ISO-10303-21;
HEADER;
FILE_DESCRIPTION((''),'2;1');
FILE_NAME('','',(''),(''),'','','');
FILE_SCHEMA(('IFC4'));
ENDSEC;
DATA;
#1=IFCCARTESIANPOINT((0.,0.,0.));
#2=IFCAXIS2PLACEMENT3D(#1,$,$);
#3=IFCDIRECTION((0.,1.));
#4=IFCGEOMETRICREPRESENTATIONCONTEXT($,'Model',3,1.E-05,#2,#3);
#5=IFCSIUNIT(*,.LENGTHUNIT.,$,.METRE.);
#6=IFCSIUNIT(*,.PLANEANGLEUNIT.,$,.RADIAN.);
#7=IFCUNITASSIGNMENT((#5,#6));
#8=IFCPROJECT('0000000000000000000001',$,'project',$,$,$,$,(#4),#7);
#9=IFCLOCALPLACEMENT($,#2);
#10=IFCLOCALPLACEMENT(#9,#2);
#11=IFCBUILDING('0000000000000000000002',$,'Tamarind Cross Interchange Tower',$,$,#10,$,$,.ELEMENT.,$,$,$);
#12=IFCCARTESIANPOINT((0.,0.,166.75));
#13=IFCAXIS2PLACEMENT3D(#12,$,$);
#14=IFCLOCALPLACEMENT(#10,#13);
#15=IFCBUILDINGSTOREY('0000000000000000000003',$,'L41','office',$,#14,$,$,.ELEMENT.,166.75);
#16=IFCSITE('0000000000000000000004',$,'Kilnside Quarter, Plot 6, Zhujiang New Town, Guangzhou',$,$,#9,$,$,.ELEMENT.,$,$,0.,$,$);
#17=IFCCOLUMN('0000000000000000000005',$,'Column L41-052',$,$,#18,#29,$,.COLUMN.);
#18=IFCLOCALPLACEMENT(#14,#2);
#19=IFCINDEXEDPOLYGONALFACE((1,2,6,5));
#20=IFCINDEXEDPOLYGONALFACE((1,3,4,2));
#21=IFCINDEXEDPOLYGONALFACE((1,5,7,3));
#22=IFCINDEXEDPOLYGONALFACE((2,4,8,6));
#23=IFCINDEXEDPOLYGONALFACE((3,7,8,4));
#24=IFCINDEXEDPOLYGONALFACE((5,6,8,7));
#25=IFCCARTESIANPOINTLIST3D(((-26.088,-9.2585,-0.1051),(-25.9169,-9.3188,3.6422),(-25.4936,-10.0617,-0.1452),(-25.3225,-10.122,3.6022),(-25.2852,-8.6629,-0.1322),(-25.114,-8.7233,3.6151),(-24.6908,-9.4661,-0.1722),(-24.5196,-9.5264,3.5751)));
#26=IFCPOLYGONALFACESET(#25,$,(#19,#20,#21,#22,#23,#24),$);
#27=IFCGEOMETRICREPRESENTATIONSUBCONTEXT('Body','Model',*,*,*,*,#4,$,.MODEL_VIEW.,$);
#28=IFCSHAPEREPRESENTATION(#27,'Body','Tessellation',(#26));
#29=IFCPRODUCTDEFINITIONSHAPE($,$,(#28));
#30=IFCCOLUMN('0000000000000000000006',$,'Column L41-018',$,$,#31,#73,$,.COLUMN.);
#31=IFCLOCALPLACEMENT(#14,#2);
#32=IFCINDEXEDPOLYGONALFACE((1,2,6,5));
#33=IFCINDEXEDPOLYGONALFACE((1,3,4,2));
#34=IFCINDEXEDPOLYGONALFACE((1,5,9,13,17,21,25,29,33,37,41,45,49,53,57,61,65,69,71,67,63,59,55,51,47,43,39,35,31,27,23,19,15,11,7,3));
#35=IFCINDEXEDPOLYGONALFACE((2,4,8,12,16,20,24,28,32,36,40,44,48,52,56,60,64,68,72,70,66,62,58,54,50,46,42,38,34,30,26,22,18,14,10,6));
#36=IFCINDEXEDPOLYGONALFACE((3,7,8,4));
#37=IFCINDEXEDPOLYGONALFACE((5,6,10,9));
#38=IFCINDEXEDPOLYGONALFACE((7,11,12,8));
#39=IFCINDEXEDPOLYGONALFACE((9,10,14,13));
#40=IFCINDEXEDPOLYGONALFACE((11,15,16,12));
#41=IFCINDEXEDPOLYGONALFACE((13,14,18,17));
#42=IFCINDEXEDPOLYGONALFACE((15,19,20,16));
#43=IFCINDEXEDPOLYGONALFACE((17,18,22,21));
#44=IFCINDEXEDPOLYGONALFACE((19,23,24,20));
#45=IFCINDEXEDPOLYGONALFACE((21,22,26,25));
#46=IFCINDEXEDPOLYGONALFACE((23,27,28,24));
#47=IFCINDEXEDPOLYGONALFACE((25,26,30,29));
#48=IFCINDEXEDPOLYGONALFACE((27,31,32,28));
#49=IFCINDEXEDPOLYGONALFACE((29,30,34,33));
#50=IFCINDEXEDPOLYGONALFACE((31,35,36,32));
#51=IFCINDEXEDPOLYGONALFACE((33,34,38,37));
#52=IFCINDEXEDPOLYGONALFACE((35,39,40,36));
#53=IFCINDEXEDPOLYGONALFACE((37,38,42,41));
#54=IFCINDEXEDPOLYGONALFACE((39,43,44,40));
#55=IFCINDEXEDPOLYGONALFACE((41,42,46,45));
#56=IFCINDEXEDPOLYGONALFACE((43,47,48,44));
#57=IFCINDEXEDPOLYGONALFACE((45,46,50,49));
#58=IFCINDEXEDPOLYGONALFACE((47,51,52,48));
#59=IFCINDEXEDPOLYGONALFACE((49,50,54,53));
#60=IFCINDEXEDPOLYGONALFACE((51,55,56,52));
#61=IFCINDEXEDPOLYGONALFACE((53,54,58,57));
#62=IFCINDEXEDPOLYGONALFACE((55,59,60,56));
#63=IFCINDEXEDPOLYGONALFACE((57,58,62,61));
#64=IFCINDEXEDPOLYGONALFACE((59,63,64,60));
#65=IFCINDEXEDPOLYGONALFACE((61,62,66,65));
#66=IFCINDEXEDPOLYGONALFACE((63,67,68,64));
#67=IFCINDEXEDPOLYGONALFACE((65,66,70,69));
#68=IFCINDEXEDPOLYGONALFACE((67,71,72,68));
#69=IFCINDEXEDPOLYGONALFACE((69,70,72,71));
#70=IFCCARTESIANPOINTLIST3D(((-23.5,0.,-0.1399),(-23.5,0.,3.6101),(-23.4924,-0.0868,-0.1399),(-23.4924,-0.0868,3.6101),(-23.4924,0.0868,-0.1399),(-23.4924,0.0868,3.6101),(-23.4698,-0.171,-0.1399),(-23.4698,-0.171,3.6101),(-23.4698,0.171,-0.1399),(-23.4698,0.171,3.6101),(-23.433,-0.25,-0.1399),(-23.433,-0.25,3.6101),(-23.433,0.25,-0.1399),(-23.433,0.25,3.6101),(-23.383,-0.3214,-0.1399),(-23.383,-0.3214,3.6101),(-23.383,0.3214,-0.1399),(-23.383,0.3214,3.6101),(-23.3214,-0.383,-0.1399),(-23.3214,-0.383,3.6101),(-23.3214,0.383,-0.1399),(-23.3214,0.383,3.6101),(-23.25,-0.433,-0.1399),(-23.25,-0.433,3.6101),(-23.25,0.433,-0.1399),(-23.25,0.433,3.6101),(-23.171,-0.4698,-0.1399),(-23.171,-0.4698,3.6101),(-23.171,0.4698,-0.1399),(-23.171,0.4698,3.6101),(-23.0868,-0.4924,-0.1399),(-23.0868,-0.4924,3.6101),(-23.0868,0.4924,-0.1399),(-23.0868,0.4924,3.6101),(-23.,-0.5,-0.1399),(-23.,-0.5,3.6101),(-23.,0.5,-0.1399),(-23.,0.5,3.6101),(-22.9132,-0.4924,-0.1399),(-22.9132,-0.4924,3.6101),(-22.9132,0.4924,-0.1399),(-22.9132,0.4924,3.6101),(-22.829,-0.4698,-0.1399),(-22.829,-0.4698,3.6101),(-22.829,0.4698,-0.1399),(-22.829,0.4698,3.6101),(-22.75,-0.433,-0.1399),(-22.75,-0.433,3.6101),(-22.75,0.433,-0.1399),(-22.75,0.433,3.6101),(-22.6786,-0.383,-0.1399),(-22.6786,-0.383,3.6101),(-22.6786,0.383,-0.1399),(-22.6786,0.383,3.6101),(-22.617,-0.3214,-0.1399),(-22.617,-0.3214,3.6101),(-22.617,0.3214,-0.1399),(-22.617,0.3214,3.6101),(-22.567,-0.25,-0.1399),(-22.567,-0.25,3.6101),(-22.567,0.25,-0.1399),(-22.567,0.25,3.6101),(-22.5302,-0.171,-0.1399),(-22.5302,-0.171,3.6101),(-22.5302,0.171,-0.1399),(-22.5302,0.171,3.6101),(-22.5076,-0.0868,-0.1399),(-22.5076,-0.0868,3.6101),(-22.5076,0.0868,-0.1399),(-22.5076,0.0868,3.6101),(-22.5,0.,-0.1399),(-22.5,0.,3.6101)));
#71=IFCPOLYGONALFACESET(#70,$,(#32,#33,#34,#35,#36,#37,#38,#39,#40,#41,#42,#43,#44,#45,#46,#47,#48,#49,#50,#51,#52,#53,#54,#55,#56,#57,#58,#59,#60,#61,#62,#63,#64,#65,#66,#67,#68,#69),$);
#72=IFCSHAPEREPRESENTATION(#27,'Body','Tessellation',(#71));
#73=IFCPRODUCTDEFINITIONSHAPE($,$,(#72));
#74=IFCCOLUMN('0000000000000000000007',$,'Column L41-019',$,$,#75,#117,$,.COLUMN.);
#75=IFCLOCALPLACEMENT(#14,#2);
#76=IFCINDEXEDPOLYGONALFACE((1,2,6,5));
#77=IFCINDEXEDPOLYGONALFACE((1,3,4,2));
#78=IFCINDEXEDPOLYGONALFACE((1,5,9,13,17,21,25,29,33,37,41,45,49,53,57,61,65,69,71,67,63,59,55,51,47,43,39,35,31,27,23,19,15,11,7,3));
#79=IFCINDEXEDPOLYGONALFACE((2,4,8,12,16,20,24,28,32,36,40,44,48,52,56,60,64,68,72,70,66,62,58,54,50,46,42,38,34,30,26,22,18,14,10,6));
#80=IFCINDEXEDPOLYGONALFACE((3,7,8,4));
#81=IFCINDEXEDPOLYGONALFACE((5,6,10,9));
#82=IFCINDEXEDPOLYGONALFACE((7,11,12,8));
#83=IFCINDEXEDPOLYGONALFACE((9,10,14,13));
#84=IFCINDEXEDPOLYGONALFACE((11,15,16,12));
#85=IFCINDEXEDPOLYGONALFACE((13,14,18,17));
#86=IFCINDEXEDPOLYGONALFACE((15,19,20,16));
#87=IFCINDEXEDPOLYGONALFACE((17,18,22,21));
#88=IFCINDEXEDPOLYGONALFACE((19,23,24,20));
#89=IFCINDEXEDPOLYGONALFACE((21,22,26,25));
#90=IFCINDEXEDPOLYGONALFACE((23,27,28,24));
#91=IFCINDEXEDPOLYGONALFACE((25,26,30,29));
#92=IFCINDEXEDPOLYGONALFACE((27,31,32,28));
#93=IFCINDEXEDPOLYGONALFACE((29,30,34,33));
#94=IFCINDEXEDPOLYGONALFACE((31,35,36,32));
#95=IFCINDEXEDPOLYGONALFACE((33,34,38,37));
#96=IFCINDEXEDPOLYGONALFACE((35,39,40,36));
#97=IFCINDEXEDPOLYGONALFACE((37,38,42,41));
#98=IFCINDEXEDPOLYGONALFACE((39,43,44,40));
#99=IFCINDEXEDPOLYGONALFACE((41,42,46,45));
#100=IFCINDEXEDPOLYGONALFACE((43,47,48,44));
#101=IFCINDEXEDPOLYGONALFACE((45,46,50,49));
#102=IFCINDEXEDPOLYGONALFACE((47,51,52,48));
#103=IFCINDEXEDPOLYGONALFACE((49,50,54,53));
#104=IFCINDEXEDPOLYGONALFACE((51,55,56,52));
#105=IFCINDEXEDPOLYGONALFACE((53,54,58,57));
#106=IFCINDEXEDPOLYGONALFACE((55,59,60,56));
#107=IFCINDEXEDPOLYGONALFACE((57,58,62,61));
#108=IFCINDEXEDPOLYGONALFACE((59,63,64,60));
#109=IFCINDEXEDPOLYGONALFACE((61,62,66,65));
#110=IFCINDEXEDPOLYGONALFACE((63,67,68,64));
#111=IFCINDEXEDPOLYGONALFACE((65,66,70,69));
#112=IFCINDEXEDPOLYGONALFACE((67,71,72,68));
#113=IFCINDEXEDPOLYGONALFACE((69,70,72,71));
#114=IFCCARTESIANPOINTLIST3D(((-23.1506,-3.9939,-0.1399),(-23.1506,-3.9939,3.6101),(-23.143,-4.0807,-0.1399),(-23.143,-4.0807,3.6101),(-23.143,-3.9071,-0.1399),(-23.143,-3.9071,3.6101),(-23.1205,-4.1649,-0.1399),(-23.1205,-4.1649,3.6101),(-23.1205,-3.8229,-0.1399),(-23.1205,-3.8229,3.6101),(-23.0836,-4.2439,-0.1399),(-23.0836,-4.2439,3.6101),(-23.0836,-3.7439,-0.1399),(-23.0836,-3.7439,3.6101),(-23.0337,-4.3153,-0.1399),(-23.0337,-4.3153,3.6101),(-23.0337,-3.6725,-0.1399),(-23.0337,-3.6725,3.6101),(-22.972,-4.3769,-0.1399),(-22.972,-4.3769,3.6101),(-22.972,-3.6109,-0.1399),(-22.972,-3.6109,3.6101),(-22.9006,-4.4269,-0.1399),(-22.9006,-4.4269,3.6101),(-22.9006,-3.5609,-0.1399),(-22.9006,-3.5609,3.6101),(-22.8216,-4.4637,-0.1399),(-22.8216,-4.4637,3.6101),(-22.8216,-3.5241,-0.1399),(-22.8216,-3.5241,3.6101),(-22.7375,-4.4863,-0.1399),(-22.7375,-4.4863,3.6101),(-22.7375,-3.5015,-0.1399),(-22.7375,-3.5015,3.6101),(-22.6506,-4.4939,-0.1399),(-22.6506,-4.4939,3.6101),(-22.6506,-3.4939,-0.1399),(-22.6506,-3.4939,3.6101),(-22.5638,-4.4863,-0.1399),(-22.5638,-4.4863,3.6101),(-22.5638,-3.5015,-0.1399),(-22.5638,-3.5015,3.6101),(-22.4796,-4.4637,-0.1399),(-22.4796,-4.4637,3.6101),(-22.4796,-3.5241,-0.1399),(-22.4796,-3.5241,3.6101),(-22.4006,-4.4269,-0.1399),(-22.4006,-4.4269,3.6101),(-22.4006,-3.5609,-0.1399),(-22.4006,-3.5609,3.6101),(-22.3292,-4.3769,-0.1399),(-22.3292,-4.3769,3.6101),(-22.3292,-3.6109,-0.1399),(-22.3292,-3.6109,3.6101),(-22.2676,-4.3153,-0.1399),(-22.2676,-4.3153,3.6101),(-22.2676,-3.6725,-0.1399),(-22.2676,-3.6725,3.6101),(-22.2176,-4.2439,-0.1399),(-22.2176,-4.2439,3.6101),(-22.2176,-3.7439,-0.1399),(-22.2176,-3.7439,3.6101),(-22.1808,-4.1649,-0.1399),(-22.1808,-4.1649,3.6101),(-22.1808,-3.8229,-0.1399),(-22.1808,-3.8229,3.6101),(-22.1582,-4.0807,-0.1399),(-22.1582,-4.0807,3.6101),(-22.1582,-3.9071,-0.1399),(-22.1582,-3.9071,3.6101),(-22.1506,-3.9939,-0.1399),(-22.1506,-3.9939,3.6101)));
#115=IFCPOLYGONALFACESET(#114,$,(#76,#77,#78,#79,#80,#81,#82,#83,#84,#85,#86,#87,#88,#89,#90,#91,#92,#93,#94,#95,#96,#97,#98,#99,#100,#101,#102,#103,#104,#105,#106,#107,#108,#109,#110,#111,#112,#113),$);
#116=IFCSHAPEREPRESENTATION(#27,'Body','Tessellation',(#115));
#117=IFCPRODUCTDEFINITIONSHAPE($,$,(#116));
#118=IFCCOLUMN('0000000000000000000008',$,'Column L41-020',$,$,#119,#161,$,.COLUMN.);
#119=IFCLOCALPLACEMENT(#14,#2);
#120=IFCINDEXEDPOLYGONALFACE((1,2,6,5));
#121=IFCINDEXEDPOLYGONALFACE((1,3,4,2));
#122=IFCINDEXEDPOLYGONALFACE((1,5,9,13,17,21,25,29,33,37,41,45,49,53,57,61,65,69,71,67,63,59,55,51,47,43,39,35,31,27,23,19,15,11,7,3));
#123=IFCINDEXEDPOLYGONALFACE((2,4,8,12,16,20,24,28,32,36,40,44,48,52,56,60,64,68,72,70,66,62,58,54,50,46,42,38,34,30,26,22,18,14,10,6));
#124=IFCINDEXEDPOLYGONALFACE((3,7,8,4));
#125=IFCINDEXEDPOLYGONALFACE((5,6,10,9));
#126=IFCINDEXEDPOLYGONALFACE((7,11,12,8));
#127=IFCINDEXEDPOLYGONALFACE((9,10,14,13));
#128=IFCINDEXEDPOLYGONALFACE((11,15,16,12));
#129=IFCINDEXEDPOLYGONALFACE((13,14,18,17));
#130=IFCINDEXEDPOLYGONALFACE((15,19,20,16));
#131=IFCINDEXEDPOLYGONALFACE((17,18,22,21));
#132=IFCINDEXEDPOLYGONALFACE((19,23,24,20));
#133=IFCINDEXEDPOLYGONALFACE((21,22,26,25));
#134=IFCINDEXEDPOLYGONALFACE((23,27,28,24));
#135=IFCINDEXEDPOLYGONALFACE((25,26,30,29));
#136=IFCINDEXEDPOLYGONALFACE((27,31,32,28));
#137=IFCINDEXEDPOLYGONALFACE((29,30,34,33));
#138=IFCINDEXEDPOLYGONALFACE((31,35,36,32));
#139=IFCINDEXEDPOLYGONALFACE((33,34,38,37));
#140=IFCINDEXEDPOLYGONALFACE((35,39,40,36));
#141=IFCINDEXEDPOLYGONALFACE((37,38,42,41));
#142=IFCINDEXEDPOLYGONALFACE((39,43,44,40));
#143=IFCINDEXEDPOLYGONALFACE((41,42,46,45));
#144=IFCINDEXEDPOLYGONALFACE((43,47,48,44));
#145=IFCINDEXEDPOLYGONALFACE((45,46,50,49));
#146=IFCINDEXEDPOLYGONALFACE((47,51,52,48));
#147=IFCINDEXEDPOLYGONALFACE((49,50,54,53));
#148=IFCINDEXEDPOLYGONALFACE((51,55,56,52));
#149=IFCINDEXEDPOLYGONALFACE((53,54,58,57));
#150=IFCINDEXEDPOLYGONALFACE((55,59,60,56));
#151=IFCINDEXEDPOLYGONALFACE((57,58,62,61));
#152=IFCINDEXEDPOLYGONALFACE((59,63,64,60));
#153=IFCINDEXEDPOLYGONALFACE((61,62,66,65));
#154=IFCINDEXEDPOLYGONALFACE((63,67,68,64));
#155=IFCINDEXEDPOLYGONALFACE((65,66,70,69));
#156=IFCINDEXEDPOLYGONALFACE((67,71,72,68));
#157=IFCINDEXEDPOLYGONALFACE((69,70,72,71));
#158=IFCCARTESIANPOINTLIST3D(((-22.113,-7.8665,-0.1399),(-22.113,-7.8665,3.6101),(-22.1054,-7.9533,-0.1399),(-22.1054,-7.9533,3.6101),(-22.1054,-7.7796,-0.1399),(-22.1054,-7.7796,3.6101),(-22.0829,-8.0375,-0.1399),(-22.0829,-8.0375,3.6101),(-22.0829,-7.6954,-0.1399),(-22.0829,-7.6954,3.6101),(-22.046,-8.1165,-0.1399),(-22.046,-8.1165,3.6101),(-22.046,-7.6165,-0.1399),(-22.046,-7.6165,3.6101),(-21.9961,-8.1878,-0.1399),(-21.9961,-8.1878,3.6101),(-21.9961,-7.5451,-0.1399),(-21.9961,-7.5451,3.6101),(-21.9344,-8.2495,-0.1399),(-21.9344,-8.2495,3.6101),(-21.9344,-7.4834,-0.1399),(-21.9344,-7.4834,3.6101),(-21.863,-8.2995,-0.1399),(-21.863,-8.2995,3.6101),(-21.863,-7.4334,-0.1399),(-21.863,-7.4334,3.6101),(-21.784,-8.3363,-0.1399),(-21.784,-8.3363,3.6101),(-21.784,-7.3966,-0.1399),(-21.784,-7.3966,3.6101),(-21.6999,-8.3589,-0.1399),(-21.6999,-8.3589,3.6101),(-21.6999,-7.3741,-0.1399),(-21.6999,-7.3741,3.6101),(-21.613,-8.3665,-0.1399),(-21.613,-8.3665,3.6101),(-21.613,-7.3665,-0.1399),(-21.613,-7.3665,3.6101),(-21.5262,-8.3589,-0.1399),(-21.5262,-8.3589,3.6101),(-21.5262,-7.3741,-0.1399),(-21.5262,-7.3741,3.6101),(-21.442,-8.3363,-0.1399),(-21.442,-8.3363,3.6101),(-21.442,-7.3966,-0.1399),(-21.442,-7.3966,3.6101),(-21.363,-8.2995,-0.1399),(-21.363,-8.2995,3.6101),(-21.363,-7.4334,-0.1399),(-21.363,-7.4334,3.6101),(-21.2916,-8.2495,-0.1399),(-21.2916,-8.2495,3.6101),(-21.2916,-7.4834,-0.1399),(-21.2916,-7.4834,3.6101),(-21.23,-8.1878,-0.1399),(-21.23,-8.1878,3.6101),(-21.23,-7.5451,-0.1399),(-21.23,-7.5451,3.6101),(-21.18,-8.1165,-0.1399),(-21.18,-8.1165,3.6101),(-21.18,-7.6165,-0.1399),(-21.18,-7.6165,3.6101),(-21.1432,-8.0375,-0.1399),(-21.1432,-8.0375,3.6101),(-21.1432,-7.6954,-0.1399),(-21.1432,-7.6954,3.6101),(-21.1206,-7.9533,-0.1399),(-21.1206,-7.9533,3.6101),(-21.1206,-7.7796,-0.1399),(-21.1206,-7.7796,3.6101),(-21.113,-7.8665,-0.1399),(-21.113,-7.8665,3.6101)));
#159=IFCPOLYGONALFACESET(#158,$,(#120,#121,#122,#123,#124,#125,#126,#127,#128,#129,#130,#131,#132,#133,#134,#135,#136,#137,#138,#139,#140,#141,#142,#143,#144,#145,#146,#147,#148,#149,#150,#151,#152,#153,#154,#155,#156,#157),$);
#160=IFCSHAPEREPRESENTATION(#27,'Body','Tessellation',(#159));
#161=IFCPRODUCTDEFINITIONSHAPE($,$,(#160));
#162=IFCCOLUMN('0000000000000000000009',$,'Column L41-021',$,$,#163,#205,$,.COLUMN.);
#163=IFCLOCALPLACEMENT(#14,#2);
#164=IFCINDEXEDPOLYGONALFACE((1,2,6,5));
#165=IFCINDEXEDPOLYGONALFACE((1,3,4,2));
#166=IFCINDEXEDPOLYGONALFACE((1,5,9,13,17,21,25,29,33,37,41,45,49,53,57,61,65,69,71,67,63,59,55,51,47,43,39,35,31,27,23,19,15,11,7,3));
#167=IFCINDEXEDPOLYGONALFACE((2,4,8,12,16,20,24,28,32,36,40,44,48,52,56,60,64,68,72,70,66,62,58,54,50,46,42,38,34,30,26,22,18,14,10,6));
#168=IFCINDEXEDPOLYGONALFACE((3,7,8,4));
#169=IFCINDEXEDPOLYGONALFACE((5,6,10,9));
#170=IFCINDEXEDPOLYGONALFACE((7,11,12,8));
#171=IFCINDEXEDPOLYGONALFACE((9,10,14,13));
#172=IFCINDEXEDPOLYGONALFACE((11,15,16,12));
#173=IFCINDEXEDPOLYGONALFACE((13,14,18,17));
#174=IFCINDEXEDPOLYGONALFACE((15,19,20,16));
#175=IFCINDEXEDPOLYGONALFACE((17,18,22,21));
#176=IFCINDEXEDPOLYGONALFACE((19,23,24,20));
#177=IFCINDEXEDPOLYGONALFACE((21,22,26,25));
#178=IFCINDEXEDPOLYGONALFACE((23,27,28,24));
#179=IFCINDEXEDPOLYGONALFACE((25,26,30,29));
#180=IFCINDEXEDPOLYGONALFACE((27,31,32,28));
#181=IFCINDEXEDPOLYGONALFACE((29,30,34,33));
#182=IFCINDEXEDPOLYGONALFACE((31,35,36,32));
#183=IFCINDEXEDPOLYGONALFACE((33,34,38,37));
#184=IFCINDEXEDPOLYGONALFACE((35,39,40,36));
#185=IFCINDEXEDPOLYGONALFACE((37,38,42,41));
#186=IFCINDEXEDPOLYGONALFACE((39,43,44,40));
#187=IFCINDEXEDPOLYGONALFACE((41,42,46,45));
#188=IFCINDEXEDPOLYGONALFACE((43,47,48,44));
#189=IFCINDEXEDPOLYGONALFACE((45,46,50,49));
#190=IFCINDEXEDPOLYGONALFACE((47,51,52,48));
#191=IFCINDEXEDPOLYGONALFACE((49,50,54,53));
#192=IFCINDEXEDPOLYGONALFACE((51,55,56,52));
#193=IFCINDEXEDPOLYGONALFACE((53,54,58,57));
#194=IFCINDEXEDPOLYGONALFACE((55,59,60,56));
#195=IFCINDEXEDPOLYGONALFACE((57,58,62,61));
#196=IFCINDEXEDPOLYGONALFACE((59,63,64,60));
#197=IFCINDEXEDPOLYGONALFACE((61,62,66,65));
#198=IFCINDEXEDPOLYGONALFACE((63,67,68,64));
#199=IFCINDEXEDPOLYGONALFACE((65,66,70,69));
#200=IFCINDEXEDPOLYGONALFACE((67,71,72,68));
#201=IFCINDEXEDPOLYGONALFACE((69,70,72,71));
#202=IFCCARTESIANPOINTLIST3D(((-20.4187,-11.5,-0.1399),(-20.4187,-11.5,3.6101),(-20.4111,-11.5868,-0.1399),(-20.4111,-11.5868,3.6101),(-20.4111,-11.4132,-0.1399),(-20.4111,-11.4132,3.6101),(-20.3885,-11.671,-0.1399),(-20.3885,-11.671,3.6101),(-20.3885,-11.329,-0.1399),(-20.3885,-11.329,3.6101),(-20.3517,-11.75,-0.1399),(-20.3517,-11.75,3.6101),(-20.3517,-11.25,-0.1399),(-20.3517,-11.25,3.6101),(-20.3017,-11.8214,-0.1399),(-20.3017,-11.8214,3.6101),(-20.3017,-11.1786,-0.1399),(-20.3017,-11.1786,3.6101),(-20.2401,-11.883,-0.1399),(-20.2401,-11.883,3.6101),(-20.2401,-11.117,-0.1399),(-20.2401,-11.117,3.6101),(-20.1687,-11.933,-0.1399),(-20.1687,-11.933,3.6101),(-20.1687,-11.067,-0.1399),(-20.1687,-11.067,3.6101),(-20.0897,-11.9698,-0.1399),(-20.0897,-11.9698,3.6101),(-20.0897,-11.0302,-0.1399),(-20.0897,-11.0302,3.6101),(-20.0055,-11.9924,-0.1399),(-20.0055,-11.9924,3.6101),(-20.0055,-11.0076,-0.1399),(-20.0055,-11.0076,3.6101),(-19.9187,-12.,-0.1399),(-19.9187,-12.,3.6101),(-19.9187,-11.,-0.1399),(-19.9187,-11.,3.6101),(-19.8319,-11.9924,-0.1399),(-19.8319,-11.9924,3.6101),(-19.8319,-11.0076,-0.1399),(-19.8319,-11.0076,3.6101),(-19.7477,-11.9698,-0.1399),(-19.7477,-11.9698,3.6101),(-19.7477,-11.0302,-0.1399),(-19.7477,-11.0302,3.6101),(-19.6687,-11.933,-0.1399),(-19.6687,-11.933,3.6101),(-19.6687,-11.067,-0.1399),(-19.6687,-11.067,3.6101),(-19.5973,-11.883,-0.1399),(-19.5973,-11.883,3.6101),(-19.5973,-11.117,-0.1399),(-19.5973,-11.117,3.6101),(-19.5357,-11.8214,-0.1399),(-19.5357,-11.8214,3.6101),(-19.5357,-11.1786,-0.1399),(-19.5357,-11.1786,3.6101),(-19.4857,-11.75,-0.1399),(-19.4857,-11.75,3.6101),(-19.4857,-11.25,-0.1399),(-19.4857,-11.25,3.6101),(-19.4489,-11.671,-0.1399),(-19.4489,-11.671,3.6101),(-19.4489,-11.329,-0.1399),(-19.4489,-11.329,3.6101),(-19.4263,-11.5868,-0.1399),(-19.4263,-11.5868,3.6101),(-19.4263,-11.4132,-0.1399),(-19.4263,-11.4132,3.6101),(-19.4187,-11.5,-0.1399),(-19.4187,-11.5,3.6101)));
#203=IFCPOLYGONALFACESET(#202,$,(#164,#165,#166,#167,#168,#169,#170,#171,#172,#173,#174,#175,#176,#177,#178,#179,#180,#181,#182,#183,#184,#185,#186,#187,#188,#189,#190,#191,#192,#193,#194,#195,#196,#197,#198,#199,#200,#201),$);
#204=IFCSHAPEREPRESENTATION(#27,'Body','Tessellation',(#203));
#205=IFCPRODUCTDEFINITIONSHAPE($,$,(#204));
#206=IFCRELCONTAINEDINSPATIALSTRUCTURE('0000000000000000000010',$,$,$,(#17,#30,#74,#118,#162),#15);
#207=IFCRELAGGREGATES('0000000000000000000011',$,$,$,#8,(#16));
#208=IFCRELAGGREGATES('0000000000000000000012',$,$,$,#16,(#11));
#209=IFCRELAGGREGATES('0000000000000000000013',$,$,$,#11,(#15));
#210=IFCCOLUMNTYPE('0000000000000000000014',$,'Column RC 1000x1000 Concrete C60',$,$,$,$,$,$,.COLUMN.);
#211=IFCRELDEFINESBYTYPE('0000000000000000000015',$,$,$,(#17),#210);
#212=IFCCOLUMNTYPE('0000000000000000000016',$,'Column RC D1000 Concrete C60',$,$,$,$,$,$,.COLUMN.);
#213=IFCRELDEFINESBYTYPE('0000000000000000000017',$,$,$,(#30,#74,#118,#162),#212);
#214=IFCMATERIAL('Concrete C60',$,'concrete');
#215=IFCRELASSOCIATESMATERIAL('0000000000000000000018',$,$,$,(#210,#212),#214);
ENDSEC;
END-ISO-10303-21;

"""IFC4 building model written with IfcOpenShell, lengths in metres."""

from ifc_helpers import new_model, si_unit, direction, frame, origin, origin_2d, place, context, subcontext, project, spatial, rectangle, circle, extrude, material, material_profile, profile_set, type_object, element, save


model = new_model("IFC4")

# Units and contexts
model_context = context("Model", 3, precision=1e-05, world=origin(), true_north=direction((0.0, 1.0)))
body_context = subcontext(model_context, "Body", "Model", "MODEL_VIEW")
ifc_project = project(units=[si_unit("LENGTHUNIT", "METRE"), si_unit("PLANEANGLEUNIT", "RADIAN")], contexts=[model_context])

# Site, building, storey
site_placement = place(None, origin())
site = spatial("IfcSite", under=ifc_project, at=site_placement, Name="Kilnside Quarter, Plot 6, Zhujiang New Town, Guangzhou", CompositionType="ELEMENT", RefElevation=0.0)
building_placement = place(site_placement, origin())
building = spatial("IfcBuilding", under=site, at=building_placement, Name="Tamarind Cross Interchange Tower", CompositionType="ELEMENT")
storey_placement = place(building_placement, frame((0.0, 0.0, 166.75)))
storey = spatial("IfcBuildingStorey", under=building, at=storey_placement, Name="L41", Description="office", CompositionType="ELEMENT", Elevation=166.75)

# Columns
ifc_material_1 = material(Name="Concrete C60", Category="concrete")
ifc_material_profile_1 = material_profile(ifc_material_1, rectangle(XDim=1.0, YDim=1.0, at=origin_2d()), Name="RC 1000x1000")
ifc_profile_set_1 = profile_set([ifc_material_profile_1], Name="Concrete C60")
column_type_1 = type_object("IfcColumnType", Name="Column RC 1000x1000 Concrete C60", PredefinedType="COLUMN", material=ifc_profile_set_1)
column_placement = place(storey_placement, frame((-25.3894, -9.3623, -0.1387), z_axis=(0.045617, -0.016073, 0.99883), x_axis=(-0.594428, 0.80315, 0.040072)))
element("IfcColumn", 1, at=column_placement, inside=storey, type_object=column_type_1, Name="Column L41-052", PredefinedType="COLUMN", context=body_context, shape_type="SweptSolid", body=[
    extrude(rectangle(XDim=1.0, YDim=1.0, at=origin_2d()), origin(), (0.0, 0.0, 1.0), 3.7517),
])
ifc_material_profile_2 = material_profile(ifc_material_1, circle(Radius=0.5, at=origin_2d()), Name="RC D1000")
ifc_profile_set_2 = profile_set([ifc_material_profile_2], Name="Concrete C60")
column_type_2 = type_object("IfcColumnType", Name="Column RC D1000 Concrete C60", PredefinedType="COLUMN", material=ifc_profile_set_2)
for number, where, z_axis, x_axis, name in (
    (2, (-23.0, 0.0, -0.1399), (0.0, 0.0, 1.0), (1.0, 0.0, 0.0), "Column L41-018"),
    (3, (-22.6506, -3.9939, -0.1399), (0.0, 0.0, 1.0), (1.0, 0.0, 0.0), "Column L41-019"),
    (4, (-21.613, -7.8665, -0.1399), (0.0, 0.0, 1.0), (1.0, 0.0, 0.0), "Column L41-020"),
    (5, (-19.9187, -11.5, -0.1399), (0.0, 0.0, 1.0), (1.0, 0.0, 0.0), "Column L41-021"),
):
    element("IfcColumn", number, at=place(storey_placement, frame(where, z_axis=z_axis, x_axis=x_axis)), inside=storey, type_object=column_type_2, Name=name, PredefinedType="COLUMN", context=body_context, shape_type="SweptSolid", body=[
        extrude(circle(Radius=0.5, at=origin_2d()), origin(), (0.0, 0.0, 1.0), 3.75),
    ])

save(model, "model.ifc")
